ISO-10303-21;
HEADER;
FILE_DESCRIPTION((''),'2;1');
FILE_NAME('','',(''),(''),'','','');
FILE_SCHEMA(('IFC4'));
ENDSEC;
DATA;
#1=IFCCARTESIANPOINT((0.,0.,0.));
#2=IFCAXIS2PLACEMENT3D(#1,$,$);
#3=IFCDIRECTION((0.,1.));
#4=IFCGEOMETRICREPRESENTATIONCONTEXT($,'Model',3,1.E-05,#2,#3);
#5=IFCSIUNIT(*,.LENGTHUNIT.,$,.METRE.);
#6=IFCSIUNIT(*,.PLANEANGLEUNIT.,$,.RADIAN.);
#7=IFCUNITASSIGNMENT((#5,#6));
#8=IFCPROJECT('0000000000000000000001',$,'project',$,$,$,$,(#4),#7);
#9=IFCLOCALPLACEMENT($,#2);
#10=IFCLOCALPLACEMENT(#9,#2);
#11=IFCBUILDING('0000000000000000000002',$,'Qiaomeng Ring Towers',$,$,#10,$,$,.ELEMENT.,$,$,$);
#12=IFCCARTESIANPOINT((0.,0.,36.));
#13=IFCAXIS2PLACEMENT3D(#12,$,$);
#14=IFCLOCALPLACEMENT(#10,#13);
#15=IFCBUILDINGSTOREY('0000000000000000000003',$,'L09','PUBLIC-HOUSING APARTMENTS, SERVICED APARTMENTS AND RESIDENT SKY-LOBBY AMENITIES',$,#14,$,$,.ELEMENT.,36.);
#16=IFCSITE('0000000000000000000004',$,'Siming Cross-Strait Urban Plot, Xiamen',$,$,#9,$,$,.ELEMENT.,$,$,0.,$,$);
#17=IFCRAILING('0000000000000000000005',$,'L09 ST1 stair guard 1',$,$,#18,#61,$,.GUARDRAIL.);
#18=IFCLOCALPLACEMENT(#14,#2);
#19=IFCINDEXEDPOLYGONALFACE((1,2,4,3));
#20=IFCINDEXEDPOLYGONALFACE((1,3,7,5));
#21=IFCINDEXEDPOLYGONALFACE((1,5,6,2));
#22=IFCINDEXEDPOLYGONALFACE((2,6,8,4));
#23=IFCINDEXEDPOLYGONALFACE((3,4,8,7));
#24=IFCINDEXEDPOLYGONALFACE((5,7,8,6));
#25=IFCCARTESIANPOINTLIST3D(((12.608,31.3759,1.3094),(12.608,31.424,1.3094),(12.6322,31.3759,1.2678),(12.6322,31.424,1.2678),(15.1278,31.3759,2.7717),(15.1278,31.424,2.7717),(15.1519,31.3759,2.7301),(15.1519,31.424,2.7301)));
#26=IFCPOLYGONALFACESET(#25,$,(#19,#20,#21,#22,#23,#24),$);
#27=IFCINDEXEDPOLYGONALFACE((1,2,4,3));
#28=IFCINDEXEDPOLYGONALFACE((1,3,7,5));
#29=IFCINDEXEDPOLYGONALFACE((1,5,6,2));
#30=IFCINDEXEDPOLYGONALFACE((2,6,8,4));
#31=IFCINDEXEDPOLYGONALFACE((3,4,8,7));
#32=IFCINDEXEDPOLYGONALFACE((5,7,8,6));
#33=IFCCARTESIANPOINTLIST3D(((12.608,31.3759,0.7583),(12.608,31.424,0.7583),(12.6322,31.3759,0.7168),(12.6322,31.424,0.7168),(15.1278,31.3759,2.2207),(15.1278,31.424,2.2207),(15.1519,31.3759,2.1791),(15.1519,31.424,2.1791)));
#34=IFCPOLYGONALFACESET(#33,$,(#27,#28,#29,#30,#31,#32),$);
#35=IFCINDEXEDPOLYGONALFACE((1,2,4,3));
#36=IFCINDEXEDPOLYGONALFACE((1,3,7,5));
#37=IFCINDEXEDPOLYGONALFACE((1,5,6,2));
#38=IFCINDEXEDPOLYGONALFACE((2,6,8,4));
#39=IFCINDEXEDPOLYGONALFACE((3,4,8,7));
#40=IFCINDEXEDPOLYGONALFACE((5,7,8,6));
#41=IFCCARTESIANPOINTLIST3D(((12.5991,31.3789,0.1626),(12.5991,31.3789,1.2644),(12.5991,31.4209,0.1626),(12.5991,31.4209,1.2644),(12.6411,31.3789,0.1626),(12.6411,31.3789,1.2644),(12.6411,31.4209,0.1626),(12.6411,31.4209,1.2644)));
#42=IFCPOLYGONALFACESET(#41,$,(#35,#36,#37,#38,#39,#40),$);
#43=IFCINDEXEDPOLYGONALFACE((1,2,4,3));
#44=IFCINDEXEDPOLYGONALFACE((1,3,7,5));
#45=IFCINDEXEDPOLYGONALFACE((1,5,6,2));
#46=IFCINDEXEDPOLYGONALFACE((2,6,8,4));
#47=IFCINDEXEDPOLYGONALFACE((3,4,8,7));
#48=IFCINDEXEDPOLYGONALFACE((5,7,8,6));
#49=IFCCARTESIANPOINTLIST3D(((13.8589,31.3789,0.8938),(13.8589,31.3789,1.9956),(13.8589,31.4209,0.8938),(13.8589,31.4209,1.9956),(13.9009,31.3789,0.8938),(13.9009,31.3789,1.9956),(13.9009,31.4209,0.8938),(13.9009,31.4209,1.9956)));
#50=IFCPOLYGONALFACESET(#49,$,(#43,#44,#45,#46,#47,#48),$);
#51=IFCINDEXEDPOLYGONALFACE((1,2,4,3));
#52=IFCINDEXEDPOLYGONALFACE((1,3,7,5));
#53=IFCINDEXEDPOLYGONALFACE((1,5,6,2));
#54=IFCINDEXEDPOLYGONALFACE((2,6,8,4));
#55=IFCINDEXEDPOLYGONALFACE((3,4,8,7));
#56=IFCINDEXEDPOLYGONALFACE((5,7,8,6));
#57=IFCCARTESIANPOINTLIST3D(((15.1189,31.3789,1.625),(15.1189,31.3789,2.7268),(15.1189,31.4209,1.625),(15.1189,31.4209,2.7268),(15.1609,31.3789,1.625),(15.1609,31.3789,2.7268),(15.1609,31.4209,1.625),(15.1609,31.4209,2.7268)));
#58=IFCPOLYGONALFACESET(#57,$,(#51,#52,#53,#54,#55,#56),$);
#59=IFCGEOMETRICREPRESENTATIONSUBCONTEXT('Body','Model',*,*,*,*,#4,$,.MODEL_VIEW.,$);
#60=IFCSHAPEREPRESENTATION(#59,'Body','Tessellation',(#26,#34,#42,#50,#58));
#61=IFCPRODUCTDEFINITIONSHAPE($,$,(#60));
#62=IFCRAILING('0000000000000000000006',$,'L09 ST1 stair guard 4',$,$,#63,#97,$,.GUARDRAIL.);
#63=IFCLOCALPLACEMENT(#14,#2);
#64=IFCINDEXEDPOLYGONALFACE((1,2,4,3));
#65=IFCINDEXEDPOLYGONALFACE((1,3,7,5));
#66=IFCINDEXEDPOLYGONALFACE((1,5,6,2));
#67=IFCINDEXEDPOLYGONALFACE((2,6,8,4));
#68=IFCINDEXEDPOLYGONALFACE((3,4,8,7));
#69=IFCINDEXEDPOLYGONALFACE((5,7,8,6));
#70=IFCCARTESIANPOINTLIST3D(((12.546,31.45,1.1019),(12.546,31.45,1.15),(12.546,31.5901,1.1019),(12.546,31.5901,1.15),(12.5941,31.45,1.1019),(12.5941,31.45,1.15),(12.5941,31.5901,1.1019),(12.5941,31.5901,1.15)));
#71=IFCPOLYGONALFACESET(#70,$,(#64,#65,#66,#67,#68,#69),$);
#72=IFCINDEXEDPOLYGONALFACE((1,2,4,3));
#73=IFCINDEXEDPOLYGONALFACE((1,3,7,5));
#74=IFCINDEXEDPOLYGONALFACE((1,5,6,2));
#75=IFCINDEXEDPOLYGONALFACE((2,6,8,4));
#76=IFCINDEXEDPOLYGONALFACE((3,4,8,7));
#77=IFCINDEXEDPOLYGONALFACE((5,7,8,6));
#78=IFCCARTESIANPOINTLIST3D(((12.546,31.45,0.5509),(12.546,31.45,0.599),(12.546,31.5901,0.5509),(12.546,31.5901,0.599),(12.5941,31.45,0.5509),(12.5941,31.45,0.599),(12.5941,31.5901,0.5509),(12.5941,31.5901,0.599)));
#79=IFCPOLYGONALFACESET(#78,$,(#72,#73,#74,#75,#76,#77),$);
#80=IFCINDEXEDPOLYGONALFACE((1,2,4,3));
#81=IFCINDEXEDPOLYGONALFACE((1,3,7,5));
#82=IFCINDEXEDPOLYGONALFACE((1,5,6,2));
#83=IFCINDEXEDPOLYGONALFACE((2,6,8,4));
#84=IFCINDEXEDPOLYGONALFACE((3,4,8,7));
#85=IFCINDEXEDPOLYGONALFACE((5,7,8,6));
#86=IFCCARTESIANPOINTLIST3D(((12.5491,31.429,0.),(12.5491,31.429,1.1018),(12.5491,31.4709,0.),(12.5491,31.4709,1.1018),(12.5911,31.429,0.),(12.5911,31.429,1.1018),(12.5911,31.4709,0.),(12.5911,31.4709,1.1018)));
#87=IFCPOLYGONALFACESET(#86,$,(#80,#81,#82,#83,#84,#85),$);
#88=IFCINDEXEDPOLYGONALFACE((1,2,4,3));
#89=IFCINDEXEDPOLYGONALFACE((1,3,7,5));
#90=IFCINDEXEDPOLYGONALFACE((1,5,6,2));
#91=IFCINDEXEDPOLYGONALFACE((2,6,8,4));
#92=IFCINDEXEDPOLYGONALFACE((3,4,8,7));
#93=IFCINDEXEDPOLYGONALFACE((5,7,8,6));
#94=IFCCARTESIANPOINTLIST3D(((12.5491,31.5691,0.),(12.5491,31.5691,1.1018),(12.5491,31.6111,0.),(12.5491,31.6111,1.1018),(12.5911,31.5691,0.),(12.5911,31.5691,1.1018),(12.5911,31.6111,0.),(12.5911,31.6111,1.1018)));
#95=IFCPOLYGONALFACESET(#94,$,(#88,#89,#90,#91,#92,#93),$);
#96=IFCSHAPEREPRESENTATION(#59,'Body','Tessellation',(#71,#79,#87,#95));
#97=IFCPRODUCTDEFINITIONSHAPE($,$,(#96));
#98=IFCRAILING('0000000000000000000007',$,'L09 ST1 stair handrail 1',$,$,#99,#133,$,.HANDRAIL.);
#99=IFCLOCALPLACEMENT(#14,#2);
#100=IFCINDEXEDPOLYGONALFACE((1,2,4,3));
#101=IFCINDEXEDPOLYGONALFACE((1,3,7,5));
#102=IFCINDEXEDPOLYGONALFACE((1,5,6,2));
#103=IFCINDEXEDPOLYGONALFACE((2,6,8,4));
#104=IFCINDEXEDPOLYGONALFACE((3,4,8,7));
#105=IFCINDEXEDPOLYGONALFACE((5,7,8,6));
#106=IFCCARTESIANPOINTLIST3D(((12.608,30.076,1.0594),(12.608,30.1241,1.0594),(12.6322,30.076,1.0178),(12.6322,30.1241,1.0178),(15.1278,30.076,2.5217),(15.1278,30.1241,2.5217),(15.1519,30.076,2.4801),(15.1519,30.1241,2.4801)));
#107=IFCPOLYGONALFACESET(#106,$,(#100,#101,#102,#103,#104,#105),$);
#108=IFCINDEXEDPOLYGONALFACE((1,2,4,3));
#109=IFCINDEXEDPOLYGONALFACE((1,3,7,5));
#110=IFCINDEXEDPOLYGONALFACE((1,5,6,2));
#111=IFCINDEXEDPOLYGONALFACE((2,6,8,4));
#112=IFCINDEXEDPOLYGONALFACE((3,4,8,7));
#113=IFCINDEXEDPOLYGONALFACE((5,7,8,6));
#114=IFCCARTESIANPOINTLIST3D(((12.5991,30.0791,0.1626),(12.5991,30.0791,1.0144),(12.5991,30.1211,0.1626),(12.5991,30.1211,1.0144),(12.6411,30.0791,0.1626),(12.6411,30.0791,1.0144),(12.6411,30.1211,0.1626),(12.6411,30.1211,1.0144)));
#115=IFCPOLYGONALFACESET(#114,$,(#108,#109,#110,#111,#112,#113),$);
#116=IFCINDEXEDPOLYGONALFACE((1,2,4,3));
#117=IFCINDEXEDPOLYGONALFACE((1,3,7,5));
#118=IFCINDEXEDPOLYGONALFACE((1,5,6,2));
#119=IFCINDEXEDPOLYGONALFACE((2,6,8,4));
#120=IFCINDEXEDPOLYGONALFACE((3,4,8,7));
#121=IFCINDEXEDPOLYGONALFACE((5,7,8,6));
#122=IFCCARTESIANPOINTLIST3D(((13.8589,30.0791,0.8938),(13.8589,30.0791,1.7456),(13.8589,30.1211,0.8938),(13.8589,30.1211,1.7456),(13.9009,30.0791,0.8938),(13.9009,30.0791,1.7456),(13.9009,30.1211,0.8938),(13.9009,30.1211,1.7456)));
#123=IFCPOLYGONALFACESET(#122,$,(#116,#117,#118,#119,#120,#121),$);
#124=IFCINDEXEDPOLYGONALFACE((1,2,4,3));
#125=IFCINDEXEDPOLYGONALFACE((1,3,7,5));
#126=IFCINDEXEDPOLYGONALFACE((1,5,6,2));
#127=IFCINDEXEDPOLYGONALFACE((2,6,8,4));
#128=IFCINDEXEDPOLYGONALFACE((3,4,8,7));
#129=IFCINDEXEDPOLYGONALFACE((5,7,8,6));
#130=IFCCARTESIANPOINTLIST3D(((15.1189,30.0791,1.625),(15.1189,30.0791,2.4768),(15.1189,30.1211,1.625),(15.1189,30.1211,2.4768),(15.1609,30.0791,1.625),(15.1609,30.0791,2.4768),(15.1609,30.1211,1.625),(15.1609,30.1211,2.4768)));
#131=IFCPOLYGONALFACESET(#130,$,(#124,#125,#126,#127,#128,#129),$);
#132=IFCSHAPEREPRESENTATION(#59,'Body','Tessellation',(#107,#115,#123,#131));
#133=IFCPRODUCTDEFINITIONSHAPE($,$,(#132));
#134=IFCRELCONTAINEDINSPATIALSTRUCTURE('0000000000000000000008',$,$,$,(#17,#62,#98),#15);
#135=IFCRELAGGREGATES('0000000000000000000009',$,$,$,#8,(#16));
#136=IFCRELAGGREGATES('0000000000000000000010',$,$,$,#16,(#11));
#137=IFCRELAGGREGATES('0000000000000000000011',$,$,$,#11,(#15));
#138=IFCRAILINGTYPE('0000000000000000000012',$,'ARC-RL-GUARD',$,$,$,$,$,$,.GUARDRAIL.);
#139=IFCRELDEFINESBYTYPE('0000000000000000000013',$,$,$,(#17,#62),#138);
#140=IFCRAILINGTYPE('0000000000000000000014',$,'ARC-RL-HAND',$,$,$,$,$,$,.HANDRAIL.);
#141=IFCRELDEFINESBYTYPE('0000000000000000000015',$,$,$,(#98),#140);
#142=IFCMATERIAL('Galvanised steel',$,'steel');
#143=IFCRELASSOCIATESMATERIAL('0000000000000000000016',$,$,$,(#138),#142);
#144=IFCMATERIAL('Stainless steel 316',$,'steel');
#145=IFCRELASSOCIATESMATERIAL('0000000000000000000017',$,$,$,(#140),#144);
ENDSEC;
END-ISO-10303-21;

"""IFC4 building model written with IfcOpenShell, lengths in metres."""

from ifc_helpers import new_model, si_unit, direction, frame, origin, origin_2d, place, context, subcontext, project, spatial, rectangle, extrude, material, type_object, element, save


model = new_model("IFC4")

# Units and contexts
model_context = context("Model", 3, precision=1e-05, world=origin(), true_north=direction((0.0, 1.0)))
body_context = subcontext(model_context, "Body", "Model", "MODEL_VIEW")
ifc_project = project(units=[si_unit("LENGTHUNIT", "METRE"), si_unit("PLANEANGLEUNIT", "RADIAN")], contexts=[model_context])

# Site, building, storey
site_placement = place(None, origin())
site = spatial("IfcSite", under=ifc_project, at=site_placement, Name="Siming Cross-Strait Urban Plot, Xiamen", CompositionType="ELEMENT", RefElevation=0.0)
building_placement = place(site_placement, origin())
building = spatial("IfcBuilding", under=site, at=building_placement, Name="Qiaomeng Ring Towers", CompositionType="ELEMENT")
storey_placement = place(building_placement, frame((0.0, 0.0, 36.0)))
storey = spatial("IfcBuildingStorey", under=building, at=storey_placement, Name="L09", Description="PUBLIC-HOUSING APARTMENTS, SERVICED APARTMENTS AND RESIDENT SKY-LOBBY AMENITIES", CompositionType="ELEMENT", Elevation=36.0)

# Shared definitions
ifc_material_1 = material(Name="Galvanised steel", Category="steel")

# Shared definitions
ifc_material_2 = material(Name="Stainless steel 316", Category="steel")

# Railings
railing_type_1 = type_object("IfcRailingType", Name="ARC-RL-GUARD", PredefinedType="GUARDRAIL", material=ifc_material_1)
railing_1_placement = place(storey_placement, frame((12.6201, 31.3999, 0.1626)))
element("IfcRailing", 1, at=railing_1_placement, inside=storey, type_object=railing_type_1, Name="L09 ST1 stair guard 1", PredefinedType="GUARDRAIL", context=body_context, shape_type="SweptSolid", body=[
    extrude(rectangle(XDim=0.0481, YDim=0.0481, at=origin_2d()), frame((0.0, 0.0, 1.126), z_axis=(0.864892, 0.0, 0.501958), x_axis=(0.0, 1.0, 0.0)), (0.0, 0.0, 1.0), 2.9133),
    extrude(rectangle(XDim=0.0481, YDim=0.0481, at=origin_2d()), frame((0.0, 0.0, 0.575), z_axis=(0.864892, 0.0, 0.501958), x_axis=(0.0, 1.0, 0.0)), (0.0, 0.0, 1.0), 2.9133),
    extrude(rectangle(XDim=0.042, YDim=0.042, at=origin_2d()), origin(), (0.0, 0.0, 1.0), 1.1018),
    extrude(rectangle(XDim=0.042, YDim=0.042, at=origin_2d()), frame((1.2598, 0.0, 0.7312)), (0.0, 0.0, 1.0), 1.1018),
    extrude(rectangle(XDim=0.042, YDim=0.042, at=origin_2d()), frame((2.5198, 0.0, 1.4624)), (0.0, 0.0, 1.0), 1.1018),
])
railing_2_placement = place(storey_placement, frame((12.5701, 31.45, 0.0)))
element("IfcRailing", 2, at=railing_2_placement, inside=storey, type_object=railing_type_1, Name="L09 ST1 stair guard 4", PredefinedType="GUARDRAIL", context=body_context, shape_type="SweptSolid", body=[
    extrude(rectangle(XDim=0.0481, YDim=0.0481, at=origin_2d()), frame((0.0, 0.0, 1.126), z_axis=(0.0, 1.0, 0.0), x_axis=(-1.0, 0.0, 0.0)), (0.0, 0.0, 1.0), 0.1401),
    extrude(rectangle(XDim=0.0481, YDim=0.0481, at=origin_2d()), frame((0.0, 0.0, 0.575), z_axis=(0.0, 1.0, 0.0), x_axis=(-1.0, 0.0, 0.0)), (0.0, 0.0, 1.0), 0.1401),
    extrude(rectangle(XDim=0.042, YDim=0.042, at=origin_2d()), origin(), (0.0, 0.0, 1.0), 1.1018),
    extrude(rectangle(XDim=0.042, YDim=0.042, at=origin_2d()), frame((0.0, 0.1401, 0.0)), (0.0, 0.0, 1.0), 1.1018),
])
railing_type_2 = type_object("IfcRailingType", Name="ARC-RL-HAND", PredefinedType="HANDRAIL", material=ifc_material_2)
railing_3_placement = place(storey_placement, frame((12.6201, 30.1001, 0.1626)))
element("IfcRailing", 3, at=railing_3_placement, inside=storey, type_object=railing_type_2, Name="L09 ST1 stair handrail 1", PredefinedType="HANDRAIL", context=body_context, shape_type="SweptSolid", body=[
    extrude(rectangle(XDim=0.0481, YDim=0.0481, at=origin_2d()), frame((0.0, 0.0, 0.876), z_axis=(0.864892, 0.0, 0.501958), x_axis=(0.0, 1.0, 0.0)), (0.0, 0.0, 1.0), 2.9133),
    extrude(rectangle(XDim=0.042, YDim=0.042, at=origin_2d()), origin(), (0.0, 0.0, 1.0), 0.8518),
    extrude(rectangle(XDim=0.042, YDim=0.042, at=origin_2d()), frame((1.2598, 0.0, 0.7312)), (0.0, 0.0, 1.0), 0.8518),
    extrude(rectangle(XDim=0.042, YDim=0.042, at=origin_2d()), frame((2.5198, 0.0, 1.4624)), (0.0, 0.0, 1.0), 0.8518),
])

save(model, "model.ifc")
